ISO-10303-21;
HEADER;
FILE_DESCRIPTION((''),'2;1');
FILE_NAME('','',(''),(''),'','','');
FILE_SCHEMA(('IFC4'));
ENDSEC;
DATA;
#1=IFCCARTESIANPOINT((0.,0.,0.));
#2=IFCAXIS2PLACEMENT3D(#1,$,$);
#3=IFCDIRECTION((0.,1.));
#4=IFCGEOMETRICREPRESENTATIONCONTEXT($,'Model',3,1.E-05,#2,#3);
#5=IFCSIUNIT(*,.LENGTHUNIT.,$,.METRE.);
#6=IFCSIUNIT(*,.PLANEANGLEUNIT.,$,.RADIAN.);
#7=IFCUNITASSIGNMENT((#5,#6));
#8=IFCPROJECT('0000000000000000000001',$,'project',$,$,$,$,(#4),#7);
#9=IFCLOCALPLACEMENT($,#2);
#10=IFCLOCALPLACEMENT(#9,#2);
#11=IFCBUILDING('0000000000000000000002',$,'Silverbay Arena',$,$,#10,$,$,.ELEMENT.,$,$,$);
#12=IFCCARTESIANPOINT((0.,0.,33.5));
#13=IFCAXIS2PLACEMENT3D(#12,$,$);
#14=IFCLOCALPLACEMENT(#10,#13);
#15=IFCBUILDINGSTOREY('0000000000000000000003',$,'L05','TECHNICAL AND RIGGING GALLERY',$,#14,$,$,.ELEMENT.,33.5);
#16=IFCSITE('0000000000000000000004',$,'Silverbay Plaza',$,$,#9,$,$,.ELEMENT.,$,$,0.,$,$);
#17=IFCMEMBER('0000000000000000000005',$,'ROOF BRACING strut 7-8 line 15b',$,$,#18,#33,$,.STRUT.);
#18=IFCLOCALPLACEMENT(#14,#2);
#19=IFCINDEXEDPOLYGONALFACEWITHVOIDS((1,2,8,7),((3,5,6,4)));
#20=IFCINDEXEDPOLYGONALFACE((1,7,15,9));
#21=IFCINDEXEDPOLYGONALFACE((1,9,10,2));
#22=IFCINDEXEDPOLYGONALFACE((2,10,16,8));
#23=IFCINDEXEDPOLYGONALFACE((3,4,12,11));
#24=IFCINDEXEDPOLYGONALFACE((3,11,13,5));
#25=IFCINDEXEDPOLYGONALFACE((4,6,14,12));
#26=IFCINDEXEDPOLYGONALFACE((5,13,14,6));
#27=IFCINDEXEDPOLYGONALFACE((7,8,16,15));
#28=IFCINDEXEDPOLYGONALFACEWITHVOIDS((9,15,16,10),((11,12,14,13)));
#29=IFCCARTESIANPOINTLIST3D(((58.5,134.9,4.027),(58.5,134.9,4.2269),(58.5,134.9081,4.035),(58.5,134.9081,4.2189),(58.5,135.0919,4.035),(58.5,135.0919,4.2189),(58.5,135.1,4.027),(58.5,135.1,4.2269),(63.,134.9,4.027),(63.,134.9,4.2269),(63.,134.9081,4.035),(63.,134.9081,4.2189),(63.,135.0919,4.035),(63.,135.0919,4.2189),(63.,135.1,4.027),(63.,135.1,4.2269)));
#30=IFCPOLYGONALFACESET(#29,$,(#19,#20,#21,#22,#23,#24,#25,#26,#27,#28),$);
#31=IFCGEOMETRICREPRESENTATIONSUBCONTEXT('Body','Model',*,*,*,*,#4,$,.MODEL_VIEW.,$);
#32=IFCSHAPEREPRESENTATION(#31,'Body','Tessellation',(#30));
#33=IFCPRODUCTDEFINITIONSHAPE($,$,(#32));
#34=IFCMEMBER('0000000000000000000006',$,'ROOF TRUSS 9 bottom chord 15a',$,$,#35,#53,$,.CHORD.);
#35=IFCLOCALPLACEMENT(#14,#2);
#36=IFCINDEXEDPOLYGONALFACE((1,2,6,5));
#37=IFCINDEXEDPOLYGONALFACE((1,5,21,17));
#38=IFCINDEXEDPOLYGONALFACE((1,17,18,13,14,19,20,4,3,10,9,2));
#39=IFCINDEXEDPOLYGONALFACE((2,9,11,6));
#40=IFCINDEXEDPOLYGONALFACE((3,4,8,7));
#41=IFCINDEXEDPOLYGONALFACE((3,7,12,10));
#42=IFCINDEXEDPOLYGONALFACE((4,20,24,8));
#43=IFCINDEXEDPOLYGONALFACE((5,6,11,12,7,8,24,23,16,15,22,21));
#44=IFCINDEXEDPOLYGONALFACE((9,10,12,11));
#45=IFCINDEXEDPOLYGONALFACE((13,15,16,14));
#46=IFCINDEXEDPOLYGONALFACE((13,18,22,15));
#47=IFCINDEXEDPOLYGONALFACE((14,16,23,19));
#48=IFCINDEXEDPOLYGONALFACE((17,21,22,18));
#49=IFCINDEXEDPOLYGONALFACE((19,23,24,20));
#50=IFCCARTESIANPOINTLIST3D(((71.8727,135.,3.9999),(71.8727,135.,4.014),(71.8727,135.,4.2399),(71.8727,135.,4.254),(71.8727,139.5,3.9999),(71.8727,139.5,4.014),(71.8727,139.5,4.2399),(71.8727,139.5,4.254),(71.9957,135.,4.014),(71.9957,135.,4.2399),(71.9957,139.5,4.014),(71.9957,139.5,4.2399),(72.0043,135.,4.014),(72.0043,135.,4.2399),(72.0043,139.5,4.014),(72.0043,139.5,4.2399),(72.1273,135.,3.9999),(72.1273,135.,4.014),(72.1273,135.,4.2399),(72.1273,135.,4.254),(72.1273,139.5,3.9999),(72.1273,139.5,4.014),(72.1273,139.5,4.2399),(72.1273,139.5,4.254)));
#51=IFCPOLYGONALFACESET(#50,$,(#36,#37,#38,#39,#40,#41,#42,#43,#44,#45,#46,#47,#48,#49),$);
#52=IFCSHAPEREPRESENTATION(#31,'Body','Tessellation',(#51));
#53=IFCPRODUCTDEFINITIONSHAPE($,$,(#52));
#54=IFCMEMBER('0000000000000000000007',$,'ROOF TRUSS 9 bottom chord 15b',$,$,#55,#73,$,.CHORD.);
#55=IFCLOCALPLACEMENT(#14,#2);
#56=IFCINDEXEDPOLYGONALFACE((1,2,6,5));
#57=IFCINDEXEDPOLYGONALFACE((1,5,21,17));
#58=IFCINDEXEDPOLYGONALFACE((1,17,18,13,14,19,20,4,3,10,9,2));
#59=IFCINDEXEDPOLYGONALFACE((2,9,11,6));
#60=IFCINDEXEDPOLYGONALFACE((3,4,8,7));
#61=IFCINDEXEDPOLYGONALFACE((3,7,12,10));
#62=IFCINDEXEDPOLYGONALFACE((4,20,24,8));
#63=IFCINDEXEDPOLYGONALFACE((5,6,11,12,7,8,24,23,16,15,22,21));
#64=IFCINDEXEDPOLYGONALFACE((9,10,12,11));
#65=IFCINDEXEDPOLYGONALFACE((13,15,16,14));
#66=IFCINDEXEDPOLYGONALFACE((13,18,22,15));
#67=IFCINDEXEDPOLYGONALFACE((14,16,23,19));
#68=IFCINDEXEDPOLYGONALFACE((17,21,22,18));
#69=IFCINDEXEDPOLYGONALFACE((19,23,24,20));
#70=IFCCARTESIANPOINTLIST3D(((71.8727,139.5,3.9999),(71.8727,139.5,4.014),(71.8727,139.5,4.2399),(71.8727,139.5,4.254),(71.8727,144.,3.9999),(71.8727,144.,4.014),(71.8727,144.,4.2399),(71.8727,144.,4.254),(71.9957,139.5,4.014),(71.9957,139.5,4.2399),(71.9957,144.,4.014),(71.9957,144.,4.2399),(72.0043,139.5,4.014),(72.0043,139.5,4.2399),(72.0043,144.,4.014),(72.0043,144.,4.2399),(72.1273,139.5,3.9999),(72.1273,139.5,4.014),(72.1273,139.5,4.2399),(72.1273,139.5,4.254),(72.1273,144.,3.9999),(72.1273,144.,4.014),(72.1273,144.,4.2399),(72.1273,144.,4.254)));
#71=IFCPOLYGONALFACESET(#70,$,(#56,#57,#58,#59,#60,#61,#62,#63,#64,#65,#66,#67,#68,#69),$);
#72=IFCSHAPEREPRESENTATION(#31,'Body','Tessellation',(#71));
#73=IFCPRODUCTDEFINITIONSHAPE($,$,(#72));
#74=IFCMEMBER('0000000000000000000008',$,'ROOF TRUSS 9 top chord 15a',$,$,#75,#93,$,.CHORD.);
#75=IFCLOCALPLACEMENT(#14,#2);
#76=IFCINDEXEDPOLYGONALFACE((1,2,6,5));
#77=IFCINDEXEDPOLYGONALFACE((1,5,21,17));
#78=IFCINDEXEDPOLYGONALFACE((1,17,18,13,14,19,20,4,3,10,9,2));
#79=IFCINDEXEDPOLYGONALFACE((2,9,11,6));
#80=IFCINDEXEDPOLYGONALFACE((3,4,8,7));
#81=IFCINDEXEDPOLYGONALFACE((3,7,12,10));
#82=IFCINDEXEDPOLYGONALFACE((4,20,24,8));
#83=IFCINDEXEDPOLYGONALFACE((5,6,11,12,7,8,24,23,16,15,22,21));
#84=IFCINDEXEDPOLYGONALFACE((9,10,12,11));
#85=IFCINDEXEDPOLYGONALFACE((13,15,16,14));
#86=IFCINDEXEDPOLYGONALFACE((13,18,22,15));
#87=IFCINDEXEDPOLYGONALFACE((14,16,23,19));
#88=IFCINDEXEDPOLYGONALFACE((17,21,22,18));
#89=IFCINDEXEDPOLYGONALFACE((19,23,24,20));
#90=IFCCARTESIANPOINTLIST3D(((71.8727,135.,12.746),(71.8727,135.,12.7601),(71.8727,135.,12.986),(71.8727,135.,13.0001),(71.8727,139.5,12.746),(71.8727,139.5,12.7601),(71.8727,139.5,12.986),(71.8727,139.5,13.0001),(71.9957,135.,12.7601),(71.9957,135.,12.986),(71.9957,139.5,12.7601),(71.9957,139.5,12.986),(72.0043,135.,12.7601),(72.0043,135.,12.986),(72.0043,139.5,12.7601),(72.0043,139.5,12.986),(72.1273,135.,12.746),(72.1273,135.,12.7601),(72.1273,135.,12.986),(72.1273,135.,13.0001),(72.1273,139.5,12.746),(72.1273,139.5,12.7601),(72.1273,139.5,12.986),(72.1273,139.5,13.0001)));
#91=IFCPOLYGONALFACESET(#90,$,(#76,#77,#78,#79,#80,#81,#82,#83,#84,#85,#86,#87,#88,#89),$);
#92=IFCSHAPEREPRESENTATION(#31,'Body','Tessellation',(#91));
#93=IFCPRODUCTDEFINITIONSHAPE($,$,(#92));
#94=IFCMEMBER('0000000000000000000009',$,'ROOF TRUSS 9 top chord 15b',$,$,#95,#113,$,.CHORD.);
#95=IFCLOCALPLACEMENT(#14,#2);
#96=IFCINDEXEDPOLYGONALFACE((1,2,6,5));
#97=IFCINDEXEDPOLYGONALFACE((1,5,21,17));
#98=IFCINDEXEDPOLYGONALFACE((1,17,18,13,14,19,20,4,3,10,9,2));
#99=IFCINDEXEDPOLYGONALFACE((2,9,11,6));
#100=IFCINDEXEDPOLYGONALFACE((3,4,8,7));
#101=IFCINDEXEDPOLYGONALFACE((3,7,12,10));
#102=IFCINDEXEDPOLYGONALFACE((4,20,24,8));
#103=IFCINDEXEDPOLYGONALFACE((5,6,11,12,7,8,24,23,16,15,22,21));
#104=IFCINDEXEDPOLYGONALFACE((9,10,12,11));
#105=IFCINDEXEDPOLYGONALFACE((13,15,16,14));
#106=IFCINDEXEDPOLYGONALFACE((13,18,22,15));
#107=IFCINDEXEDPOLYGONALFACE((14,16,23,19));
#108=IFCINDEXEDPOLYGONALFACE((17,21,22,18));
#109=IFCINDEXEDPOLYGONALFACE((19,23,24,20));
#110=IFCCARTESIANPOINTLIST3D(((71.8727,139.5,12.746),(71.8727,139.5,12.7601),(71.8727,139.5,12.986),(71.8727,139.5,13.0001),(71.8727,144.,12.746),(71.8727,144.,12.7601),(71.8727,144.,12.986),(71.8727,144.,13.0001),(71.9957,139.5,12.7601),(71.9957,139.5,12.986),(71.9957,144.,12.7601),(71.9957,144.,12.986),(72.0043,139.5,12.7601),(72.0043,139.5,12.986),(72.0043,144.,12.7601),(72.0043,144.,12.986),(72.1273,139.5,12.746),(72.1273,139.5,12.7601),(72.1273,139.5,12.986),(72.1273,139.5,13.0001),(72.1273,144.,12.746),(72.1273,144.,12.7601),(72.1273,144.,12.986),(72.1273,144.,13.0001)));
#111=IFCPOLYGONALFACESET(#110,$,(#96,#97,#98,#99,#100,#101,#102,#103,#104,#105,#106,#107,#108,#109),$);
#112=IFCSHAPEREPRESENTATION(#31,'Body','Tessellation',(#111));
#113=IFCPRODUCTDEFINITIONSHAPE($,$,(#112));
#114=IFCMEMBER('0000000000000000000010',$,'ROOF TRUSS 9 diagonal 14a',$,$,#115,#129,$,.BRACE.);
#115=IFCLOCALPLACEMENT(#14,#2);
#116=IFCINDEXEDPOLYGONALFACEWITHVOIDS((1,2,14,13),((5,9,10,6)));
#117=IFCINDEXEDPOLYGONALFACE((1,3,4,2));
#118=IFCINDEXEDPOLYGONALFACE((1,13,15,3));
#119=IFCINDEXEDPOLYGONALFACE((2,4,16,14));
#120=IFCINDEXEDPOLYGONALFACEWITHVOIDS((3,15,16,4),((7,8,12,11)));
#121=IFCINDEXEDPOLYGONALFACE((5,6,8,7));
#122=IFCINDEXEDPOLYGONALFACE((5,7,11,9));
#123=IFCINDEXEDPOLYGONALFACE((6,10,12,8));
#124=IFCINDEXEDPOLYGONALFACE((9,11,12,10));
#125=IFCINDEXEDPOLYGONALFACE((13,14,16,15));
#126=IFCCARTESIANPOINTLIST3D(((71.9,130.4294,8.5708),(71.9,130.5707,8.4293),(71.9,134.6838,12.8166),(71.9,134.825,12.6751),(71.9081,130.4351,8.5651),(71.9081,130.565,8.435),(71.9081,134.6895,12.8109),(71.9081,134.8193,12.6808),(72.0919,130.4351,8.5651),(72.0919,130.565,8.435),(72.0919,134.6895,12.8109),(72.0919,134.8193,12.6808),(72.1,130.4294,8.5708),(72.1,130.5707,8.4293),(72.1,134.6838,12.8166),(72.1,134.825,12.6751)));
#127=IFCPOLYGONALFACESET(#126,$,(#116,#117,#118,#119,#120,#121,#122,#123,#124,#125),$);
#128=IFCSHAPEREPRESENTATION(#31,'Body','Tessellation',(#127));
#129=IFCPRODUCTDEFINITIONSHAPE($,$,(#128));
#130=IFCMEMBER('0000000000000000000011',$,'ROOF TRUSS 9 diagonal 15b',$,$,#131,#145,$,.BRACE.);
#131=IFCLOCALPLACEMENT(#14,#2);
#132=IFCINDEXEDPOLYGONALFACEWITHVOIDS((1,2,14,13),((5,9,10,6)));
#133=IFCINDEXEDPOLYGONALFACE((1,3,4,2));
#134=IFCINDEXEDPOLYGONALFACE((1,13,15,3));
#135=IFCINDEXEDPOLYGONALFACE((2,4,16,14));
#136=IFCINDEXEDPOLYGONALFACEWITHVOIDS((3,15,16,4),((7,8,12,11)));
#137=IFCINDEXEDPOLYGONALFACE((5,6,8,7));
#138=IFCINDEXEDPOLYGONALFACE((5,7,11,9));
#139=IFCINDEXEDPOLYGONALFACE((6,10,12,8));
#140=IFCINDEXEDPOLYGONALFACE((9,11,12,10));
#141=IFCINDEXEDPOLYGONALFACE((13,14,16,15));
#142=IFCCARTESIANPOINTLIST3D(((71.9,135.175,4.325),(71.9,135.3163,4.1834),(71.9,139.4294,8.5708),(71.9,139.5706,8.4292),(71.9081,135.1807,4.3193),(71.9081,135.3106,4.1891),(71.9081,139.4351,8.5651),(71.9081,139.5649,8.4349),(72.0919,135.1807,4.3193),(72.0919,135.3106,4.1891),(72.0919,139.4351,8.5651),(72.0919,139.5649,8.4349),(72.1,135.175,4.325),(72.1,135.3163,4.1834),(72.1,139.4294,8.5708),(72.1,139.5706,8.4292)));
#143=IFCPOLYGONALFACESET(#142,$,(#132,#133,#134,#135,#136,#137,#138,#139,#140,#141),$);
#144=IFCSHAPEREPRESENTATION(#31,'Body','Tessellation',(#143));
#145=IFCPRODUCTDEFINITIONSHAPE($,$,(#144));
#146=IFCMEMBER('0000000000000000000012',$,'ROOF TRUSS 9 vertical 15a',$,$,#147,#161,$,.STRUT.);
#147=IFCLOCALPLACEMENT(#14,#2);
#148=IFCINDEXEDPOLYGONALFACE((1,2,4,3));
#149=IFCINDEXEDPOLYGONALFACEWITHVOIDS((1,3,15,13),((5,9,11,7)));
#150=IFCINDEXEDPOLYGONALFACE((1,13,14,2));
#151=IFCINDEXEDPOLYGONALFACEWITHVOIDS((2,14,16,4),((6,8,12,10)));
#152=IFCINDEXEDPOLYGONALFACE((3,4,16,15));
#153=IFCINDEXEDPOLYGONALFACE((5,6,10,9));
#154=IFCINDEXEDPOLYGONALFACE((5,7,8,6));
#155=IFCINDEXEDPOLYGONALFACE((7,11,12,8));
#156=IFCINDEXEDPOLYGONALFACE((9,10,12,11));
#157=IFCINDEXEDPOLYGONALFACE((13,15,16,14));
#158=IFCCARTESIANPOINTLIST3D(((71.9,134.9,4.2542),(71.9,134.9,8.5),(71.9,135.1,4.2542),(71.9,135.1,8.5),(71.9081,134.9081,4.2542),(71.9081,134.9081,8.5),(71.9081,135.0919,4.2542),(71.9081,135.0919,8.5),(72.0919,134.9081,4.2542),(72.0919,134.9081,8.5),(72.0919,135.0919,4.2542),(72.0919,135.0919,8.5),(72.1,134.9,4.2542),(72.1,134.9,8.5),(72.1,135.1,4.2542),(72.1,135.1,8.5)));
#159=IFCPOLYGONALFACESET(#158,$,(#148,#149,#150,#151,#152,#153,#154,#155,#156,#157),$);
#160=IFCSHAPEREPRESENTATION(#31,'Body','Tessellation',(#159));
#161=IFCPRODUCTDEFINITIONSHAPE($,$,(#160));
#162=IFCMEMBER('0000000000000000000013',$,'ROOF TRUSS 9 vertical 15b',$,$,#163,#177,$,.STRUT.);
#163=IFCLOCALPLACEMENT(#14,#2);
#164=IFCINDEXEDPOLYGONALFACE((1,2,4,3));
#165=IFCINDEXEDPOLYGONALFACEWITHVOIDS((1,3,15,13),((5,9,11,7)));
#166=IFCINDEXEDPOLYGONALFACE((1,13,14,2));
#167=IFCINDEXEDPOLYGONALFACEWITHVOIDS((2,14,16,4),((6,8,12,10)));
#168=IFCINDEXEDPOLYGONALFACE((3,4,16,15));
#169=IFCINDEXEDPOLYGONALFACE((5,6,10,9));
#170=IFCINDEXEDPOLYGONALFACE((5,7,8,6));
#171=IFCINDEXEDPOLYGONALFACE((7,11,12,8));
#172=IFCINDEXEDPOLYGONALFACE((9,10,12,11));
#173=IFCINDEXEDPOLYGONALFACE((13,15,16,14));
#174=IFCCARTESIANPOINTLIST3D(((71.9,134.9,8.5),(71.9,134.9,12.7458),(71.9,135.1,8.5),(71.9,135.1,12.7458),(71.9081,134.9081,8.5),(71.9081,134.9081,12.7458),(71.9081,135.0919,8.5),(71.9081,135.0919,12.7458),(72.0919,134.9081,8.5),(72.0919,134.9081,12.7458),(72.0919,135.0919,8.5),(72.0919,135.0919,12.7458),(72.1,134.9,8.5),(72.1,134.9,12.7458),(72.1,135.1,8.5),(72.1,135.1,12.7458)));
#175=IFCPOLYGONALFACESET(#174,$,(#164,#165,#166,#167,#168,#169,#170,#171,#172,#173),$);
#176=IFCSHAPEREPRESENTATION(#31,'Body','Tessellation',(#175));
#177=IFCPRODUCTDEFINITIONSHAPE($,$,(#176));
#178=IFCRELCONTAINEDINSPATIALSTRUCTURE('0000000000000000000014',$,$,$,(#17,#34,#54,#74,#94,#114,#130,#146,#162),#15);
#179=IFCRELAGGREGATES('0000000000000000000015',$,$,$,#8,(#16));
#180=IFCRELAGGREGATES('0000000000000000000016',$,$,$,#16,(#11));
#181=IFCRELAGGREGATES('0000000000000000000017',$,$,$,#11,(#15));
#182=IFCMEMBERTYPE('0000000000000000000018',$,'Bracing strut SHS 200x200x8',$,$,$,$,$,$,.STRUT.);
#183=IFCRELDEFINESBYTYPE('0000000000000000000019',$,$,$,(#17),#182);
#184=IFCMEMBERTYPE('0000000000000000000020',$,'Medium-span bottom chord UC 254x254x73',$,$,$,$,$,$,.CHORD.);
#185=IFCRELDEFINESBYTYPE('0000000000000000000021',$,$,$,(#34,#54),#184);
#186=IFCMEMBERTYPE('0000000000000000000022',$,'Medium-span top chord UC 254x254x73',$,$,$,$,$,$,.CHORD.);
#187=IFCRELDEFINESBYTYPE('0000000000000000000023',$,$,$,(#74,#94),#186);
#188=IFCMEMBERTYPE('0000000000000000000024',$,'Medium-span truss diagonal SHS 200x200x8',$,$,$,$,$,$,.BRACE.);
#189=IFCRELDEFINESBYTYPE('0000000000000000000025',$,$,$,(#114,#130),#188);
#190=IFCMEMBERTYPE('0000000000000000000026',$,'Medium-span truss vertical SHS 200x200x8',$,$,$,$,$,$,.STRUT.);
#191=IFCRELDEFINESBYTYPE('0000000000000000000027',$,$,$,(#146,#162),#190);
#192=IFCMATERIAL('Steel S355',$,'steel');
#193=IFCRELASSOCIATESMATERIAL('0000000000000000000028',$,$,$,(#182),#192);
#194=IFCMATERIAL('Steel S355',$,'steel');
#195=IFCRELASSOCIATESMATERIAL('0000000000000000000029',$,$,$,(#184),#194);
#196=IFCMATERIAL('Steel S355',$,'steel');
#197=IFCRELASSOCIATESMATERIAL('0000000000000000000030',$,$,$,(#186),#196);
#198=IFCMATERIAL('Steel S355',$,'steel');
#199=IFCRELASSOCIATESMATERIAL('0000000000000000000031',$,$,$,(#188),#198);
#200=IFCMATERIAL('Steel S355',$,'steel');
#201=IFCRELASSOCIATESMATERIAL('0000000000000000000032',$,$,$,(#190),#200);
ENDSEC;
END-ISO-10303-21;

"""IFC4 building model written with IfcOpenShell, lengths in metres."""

from ifc_helpers import new_model, si_unit, direction, frame, origin, origin_2d, place, context, subcontext, project, spatial, hollow_rectangle, i_section, extrude, material, material_profile, profile_set, type_object, element, save


model = new_model("IFC4")

# Units and contexts
model_context = context("Model", 3, precision=1e-05, world=origin(), true_north=direction((0.0, 1.0)))
body_context = subcontext(model_context, "Body", "Model", "MODEL_VIEW")
ifc_project = project(units=[si_unit("LENGTHUNIT", "METRE"), si_unit("PLANEANGLEUNIT", "RADIAN")], contexts=[model_context])

# Site, building, storey
site_placement = place(None, origin())
site = spatial("IfcSite", under=ifc_project, at=site_placement, Name="Silverbay Plaza", CompositionType="ELEMENT", RefElevation=0.0)
building_placement = place(site_placement, origin())
building = spatial("IfcBuilding", under=site, at=building_placement, Name="Silverbay Arena", CompositionType="ELEMENT")
storey_placement = place(building_placement, frame((0.0, 0.0, 33.5)))
storey = spatial("IfcBuildingStorey", under=building, at=storey_placement, Name="L05", Description="TECHNICAL AND RIGGING GALLERY", CompositionType="ELEMENT", Elevation=33.5)

# Members
ifc_material_1 = material(Name="Steel S355", Category="steel")
ifc_material_profile_1 = material_profile(ifc_material_1, hollow_rectangle(XDim=0.2, YDim=0.2, WallThickness=0.0081, at=origin_2d()), Name="SHS 200x200x8")
ifc_profile_set_1 = profile_set([ifc_material_profile_1], Name="Steel S355")
member_type_1 = type_object("IfcMemberType", Name="Bracing strut SHS 200x200x8", PredefinedType="STRUT", material=ifc_profile_set_1)
member_1_placement = place(storey_placement, frame((58.5, 135.0, 4.127), z_axis=(1.0, 0.0, 0.0), x_axis=(0.0, 1.0, 0.0)))
element("IfcMember", 1, at=member_1_placement, inside=storey, type_object=member_type_1, Name="ROOF BRACING strut 7-8 line 15b", PredefinedType="STRUT", context=body_context, shape_type="SweptSolid", body=[
    extrude(hollow_rectangle(XDim=0.2, YDim=0.2, WallThickness=0.0081, at=origin_2d()), origin(), (0.0, 0.0, 1.0), 4.5),
])
ifc_material_2 = material(Name="Steel S355", Category="steel")
ifc_material_profile_2 = material_profile(ifc_material_2, i_section(OverallWidth=0.2546, OverallDepth=0.2542, WebThickness=0.0085, FlangeThickness=0.0142, at=origin_2d()), Name="UC 254x254x73")
ifc_profile_set_2 = profile_set([ifc_material_profile_2], Name="Steel S355")
member_type_2 = type_object("IfcMemberType", Name="Medium-span bottom chord UC 254x254x73", PredefinedType="CHORD", material=ifc_profile_set_2)
for number, where, z_axis, x_axis, name in (
    (2, (72.0, 135.0, 4.127), (0.0, 1.0, 0.0), (-1.0, 0.0, 0.0), "ROOF TRUSS 9 bottom chord 15a"),
    (3, (72.0, 139.5, 4.127), (0.0, 1.0, 0.0), (-1.0, 0.0, 0.0), "ROOF TRUSS 9 bottom chord 15b"),
):
    element("IfcMember", number, at=place(storey_placement, frame(where, z_axis=z_axis, x_axis=x_axis)), inside=storey, type_object=member_type_2, Name=name, PredefinedType="CHORD", context=body_context, shape_type="SweptSolid", body=[
        extrude(i_section(OverallWidth=0.2546, OverallDepth=0.2542, WebThickness=0.0085, FlangeThickness=0.0142, at=origin_2d()), origin(), (0.0, 0.0, 1.0), 4.5),
    ])
ifc_material_3 = material(Name="Steel S355", Category="steel")
ifc_material_profile_3 = material_profile(ifc_material_3, i_section(OverallWidth=0.2546, OverallDepth=0.2542, WebThickness=0.0085, FlangeThickness=0.0142, at=origin_2d()), Name="UC 254x254x73")
ifc_profile_set_3 = profile_set([ifc_material_profile_3], Name="Steel S355")
member_type_3 = type_object("IfcMemberType", Name="Medium-span top chord UC 254x254x73", PredefinedType="CHORD", material=ifc_profile_set_3)
for number, where, z_axis, x_axis, name in (
    (4, (72.0, 135.0, 12.873), (0.0, 1.0, 0.0), (-1.0, 0.0, 0.0), "ROOF TRUSS 9 top chord 15a"),
    (5, (72.0, 139.5, 12.873), (0.0, 1.0, 0.0), (-1.0, 0.0, 0.0), "ROOF TRUSS 9 top chord 15b"),
):
    element("IfcMember", number, at=place(storey_placement, frame(where, z_axis=z_axis, x_axis=x_axis)), inside=storey, type_object=member_type_3, Name=name, PredefinedType="CHORD", context=body_context, shape_type="SweptSolid", body=[
        extrude(i_section(OverallWidth=0.2546, OverallDepth=0.2542, WebThickness=0.0085, FlangeThickness=0.0142, at=origin_2d()), origin(), (0.0, 0.0, 1.0), 4.5),
    ])
ifc_material_4 = material(Name="Steel S355", Category="steel")
ifc_material_profile_4 = material_profile(ifc_material_4, hollow_rectangle(XDim=0.2, YDim=0.2, WallThickness=0.0081, at=origin_2d()), Name="SHS 200x200x8")
ifc_profile_set_4 = profile_set([ifc_material_profile_4], Name="Steel S355")
member_type_4 = type_object("IfcMemberType", Name="Medium-span truss diagonal SHS 200x200x8", PredefinedType="BRACE", material=ifc_profile_set_4)
for number, where, z_axis, x_axis, name in (
    (6, (72.0, 134.7544, 12.7458), (0.0, -0.707817, -0.706396), (1.0, 0.0, 0.0), "ROOF TRUSS 9 diagonal 14a"),
    (7, (72.0, 139.5, 8.5), (0.0, -0.707817, -0.706396), (1.0, 0.0, 0.0), "ROOF TRUSS 9 diagonal 15b"),
):
    element("IfcMember", number, at=place(storey_placement, frame(where, z_axis=z_axis, x_axis=x_axis)), inside=storey, type_object=member_type_4, Name=name, PredefinedType="BRACE", context=body_context, shape_type="SweptSolid", body=[
        extrude(hollow_rectangle(XDim=0.2, YDim=0.2, WallThickness=0.0081, at=origin_2d()), origin(), (0.0, 0.0, 1.0), 6.0105),
    ])
ifc_material_5 = material(Name="Steel S355", Category="steel")
ifc_material_profile_5 = material_profile(ifc_material_5, hollow_rectangle(XDim=0.2, YDim=0.2, WallThickness=0.0081, at=origin_2d()), Name="SHS 200x200x8")
ifc_profile_set_5 = profile_set([ifc_material_profile_5], Name="Steel S355")
member_type_5 = type_object("IfcMemberType", Name="Medium-span truss vertical SHS 200x200x8", PredefinedType="STRUT", material=ifc_profile_set_5)
for number, where, z_axis, x_axis, name in (
    (8, (72.0, 135.0, 4.2542), (0.0, 0.0, 1.0), (1.0, 0.0, 0.0), "ROOF TRUSS 9 vertical 15a"),
    (9, (72.0, 135.0, 8.5), (0.0, 0.0, 1.0), (1.0, 0.0, 0.0), "ROOF TRUSS 9 vertical 15b"),
):
    element("IfcMember", number, at=place(storey_placement, frame(where, z_axis=z_axis, x_axis=x_axis)), inside=storey, type_object=member_type_5, Name=name, PredefinedType="STRUT", context=body_context, shape_type="SweptSolid", body=[
        extrude(hollow_rectangle(XDim=0.2, YDim=0.2, WallThickness=0.0081, at=origin_2d()), origin(), (0.0, 0.0, 1.0), 4.2458),
    ])

save(model, "model.ifc")
